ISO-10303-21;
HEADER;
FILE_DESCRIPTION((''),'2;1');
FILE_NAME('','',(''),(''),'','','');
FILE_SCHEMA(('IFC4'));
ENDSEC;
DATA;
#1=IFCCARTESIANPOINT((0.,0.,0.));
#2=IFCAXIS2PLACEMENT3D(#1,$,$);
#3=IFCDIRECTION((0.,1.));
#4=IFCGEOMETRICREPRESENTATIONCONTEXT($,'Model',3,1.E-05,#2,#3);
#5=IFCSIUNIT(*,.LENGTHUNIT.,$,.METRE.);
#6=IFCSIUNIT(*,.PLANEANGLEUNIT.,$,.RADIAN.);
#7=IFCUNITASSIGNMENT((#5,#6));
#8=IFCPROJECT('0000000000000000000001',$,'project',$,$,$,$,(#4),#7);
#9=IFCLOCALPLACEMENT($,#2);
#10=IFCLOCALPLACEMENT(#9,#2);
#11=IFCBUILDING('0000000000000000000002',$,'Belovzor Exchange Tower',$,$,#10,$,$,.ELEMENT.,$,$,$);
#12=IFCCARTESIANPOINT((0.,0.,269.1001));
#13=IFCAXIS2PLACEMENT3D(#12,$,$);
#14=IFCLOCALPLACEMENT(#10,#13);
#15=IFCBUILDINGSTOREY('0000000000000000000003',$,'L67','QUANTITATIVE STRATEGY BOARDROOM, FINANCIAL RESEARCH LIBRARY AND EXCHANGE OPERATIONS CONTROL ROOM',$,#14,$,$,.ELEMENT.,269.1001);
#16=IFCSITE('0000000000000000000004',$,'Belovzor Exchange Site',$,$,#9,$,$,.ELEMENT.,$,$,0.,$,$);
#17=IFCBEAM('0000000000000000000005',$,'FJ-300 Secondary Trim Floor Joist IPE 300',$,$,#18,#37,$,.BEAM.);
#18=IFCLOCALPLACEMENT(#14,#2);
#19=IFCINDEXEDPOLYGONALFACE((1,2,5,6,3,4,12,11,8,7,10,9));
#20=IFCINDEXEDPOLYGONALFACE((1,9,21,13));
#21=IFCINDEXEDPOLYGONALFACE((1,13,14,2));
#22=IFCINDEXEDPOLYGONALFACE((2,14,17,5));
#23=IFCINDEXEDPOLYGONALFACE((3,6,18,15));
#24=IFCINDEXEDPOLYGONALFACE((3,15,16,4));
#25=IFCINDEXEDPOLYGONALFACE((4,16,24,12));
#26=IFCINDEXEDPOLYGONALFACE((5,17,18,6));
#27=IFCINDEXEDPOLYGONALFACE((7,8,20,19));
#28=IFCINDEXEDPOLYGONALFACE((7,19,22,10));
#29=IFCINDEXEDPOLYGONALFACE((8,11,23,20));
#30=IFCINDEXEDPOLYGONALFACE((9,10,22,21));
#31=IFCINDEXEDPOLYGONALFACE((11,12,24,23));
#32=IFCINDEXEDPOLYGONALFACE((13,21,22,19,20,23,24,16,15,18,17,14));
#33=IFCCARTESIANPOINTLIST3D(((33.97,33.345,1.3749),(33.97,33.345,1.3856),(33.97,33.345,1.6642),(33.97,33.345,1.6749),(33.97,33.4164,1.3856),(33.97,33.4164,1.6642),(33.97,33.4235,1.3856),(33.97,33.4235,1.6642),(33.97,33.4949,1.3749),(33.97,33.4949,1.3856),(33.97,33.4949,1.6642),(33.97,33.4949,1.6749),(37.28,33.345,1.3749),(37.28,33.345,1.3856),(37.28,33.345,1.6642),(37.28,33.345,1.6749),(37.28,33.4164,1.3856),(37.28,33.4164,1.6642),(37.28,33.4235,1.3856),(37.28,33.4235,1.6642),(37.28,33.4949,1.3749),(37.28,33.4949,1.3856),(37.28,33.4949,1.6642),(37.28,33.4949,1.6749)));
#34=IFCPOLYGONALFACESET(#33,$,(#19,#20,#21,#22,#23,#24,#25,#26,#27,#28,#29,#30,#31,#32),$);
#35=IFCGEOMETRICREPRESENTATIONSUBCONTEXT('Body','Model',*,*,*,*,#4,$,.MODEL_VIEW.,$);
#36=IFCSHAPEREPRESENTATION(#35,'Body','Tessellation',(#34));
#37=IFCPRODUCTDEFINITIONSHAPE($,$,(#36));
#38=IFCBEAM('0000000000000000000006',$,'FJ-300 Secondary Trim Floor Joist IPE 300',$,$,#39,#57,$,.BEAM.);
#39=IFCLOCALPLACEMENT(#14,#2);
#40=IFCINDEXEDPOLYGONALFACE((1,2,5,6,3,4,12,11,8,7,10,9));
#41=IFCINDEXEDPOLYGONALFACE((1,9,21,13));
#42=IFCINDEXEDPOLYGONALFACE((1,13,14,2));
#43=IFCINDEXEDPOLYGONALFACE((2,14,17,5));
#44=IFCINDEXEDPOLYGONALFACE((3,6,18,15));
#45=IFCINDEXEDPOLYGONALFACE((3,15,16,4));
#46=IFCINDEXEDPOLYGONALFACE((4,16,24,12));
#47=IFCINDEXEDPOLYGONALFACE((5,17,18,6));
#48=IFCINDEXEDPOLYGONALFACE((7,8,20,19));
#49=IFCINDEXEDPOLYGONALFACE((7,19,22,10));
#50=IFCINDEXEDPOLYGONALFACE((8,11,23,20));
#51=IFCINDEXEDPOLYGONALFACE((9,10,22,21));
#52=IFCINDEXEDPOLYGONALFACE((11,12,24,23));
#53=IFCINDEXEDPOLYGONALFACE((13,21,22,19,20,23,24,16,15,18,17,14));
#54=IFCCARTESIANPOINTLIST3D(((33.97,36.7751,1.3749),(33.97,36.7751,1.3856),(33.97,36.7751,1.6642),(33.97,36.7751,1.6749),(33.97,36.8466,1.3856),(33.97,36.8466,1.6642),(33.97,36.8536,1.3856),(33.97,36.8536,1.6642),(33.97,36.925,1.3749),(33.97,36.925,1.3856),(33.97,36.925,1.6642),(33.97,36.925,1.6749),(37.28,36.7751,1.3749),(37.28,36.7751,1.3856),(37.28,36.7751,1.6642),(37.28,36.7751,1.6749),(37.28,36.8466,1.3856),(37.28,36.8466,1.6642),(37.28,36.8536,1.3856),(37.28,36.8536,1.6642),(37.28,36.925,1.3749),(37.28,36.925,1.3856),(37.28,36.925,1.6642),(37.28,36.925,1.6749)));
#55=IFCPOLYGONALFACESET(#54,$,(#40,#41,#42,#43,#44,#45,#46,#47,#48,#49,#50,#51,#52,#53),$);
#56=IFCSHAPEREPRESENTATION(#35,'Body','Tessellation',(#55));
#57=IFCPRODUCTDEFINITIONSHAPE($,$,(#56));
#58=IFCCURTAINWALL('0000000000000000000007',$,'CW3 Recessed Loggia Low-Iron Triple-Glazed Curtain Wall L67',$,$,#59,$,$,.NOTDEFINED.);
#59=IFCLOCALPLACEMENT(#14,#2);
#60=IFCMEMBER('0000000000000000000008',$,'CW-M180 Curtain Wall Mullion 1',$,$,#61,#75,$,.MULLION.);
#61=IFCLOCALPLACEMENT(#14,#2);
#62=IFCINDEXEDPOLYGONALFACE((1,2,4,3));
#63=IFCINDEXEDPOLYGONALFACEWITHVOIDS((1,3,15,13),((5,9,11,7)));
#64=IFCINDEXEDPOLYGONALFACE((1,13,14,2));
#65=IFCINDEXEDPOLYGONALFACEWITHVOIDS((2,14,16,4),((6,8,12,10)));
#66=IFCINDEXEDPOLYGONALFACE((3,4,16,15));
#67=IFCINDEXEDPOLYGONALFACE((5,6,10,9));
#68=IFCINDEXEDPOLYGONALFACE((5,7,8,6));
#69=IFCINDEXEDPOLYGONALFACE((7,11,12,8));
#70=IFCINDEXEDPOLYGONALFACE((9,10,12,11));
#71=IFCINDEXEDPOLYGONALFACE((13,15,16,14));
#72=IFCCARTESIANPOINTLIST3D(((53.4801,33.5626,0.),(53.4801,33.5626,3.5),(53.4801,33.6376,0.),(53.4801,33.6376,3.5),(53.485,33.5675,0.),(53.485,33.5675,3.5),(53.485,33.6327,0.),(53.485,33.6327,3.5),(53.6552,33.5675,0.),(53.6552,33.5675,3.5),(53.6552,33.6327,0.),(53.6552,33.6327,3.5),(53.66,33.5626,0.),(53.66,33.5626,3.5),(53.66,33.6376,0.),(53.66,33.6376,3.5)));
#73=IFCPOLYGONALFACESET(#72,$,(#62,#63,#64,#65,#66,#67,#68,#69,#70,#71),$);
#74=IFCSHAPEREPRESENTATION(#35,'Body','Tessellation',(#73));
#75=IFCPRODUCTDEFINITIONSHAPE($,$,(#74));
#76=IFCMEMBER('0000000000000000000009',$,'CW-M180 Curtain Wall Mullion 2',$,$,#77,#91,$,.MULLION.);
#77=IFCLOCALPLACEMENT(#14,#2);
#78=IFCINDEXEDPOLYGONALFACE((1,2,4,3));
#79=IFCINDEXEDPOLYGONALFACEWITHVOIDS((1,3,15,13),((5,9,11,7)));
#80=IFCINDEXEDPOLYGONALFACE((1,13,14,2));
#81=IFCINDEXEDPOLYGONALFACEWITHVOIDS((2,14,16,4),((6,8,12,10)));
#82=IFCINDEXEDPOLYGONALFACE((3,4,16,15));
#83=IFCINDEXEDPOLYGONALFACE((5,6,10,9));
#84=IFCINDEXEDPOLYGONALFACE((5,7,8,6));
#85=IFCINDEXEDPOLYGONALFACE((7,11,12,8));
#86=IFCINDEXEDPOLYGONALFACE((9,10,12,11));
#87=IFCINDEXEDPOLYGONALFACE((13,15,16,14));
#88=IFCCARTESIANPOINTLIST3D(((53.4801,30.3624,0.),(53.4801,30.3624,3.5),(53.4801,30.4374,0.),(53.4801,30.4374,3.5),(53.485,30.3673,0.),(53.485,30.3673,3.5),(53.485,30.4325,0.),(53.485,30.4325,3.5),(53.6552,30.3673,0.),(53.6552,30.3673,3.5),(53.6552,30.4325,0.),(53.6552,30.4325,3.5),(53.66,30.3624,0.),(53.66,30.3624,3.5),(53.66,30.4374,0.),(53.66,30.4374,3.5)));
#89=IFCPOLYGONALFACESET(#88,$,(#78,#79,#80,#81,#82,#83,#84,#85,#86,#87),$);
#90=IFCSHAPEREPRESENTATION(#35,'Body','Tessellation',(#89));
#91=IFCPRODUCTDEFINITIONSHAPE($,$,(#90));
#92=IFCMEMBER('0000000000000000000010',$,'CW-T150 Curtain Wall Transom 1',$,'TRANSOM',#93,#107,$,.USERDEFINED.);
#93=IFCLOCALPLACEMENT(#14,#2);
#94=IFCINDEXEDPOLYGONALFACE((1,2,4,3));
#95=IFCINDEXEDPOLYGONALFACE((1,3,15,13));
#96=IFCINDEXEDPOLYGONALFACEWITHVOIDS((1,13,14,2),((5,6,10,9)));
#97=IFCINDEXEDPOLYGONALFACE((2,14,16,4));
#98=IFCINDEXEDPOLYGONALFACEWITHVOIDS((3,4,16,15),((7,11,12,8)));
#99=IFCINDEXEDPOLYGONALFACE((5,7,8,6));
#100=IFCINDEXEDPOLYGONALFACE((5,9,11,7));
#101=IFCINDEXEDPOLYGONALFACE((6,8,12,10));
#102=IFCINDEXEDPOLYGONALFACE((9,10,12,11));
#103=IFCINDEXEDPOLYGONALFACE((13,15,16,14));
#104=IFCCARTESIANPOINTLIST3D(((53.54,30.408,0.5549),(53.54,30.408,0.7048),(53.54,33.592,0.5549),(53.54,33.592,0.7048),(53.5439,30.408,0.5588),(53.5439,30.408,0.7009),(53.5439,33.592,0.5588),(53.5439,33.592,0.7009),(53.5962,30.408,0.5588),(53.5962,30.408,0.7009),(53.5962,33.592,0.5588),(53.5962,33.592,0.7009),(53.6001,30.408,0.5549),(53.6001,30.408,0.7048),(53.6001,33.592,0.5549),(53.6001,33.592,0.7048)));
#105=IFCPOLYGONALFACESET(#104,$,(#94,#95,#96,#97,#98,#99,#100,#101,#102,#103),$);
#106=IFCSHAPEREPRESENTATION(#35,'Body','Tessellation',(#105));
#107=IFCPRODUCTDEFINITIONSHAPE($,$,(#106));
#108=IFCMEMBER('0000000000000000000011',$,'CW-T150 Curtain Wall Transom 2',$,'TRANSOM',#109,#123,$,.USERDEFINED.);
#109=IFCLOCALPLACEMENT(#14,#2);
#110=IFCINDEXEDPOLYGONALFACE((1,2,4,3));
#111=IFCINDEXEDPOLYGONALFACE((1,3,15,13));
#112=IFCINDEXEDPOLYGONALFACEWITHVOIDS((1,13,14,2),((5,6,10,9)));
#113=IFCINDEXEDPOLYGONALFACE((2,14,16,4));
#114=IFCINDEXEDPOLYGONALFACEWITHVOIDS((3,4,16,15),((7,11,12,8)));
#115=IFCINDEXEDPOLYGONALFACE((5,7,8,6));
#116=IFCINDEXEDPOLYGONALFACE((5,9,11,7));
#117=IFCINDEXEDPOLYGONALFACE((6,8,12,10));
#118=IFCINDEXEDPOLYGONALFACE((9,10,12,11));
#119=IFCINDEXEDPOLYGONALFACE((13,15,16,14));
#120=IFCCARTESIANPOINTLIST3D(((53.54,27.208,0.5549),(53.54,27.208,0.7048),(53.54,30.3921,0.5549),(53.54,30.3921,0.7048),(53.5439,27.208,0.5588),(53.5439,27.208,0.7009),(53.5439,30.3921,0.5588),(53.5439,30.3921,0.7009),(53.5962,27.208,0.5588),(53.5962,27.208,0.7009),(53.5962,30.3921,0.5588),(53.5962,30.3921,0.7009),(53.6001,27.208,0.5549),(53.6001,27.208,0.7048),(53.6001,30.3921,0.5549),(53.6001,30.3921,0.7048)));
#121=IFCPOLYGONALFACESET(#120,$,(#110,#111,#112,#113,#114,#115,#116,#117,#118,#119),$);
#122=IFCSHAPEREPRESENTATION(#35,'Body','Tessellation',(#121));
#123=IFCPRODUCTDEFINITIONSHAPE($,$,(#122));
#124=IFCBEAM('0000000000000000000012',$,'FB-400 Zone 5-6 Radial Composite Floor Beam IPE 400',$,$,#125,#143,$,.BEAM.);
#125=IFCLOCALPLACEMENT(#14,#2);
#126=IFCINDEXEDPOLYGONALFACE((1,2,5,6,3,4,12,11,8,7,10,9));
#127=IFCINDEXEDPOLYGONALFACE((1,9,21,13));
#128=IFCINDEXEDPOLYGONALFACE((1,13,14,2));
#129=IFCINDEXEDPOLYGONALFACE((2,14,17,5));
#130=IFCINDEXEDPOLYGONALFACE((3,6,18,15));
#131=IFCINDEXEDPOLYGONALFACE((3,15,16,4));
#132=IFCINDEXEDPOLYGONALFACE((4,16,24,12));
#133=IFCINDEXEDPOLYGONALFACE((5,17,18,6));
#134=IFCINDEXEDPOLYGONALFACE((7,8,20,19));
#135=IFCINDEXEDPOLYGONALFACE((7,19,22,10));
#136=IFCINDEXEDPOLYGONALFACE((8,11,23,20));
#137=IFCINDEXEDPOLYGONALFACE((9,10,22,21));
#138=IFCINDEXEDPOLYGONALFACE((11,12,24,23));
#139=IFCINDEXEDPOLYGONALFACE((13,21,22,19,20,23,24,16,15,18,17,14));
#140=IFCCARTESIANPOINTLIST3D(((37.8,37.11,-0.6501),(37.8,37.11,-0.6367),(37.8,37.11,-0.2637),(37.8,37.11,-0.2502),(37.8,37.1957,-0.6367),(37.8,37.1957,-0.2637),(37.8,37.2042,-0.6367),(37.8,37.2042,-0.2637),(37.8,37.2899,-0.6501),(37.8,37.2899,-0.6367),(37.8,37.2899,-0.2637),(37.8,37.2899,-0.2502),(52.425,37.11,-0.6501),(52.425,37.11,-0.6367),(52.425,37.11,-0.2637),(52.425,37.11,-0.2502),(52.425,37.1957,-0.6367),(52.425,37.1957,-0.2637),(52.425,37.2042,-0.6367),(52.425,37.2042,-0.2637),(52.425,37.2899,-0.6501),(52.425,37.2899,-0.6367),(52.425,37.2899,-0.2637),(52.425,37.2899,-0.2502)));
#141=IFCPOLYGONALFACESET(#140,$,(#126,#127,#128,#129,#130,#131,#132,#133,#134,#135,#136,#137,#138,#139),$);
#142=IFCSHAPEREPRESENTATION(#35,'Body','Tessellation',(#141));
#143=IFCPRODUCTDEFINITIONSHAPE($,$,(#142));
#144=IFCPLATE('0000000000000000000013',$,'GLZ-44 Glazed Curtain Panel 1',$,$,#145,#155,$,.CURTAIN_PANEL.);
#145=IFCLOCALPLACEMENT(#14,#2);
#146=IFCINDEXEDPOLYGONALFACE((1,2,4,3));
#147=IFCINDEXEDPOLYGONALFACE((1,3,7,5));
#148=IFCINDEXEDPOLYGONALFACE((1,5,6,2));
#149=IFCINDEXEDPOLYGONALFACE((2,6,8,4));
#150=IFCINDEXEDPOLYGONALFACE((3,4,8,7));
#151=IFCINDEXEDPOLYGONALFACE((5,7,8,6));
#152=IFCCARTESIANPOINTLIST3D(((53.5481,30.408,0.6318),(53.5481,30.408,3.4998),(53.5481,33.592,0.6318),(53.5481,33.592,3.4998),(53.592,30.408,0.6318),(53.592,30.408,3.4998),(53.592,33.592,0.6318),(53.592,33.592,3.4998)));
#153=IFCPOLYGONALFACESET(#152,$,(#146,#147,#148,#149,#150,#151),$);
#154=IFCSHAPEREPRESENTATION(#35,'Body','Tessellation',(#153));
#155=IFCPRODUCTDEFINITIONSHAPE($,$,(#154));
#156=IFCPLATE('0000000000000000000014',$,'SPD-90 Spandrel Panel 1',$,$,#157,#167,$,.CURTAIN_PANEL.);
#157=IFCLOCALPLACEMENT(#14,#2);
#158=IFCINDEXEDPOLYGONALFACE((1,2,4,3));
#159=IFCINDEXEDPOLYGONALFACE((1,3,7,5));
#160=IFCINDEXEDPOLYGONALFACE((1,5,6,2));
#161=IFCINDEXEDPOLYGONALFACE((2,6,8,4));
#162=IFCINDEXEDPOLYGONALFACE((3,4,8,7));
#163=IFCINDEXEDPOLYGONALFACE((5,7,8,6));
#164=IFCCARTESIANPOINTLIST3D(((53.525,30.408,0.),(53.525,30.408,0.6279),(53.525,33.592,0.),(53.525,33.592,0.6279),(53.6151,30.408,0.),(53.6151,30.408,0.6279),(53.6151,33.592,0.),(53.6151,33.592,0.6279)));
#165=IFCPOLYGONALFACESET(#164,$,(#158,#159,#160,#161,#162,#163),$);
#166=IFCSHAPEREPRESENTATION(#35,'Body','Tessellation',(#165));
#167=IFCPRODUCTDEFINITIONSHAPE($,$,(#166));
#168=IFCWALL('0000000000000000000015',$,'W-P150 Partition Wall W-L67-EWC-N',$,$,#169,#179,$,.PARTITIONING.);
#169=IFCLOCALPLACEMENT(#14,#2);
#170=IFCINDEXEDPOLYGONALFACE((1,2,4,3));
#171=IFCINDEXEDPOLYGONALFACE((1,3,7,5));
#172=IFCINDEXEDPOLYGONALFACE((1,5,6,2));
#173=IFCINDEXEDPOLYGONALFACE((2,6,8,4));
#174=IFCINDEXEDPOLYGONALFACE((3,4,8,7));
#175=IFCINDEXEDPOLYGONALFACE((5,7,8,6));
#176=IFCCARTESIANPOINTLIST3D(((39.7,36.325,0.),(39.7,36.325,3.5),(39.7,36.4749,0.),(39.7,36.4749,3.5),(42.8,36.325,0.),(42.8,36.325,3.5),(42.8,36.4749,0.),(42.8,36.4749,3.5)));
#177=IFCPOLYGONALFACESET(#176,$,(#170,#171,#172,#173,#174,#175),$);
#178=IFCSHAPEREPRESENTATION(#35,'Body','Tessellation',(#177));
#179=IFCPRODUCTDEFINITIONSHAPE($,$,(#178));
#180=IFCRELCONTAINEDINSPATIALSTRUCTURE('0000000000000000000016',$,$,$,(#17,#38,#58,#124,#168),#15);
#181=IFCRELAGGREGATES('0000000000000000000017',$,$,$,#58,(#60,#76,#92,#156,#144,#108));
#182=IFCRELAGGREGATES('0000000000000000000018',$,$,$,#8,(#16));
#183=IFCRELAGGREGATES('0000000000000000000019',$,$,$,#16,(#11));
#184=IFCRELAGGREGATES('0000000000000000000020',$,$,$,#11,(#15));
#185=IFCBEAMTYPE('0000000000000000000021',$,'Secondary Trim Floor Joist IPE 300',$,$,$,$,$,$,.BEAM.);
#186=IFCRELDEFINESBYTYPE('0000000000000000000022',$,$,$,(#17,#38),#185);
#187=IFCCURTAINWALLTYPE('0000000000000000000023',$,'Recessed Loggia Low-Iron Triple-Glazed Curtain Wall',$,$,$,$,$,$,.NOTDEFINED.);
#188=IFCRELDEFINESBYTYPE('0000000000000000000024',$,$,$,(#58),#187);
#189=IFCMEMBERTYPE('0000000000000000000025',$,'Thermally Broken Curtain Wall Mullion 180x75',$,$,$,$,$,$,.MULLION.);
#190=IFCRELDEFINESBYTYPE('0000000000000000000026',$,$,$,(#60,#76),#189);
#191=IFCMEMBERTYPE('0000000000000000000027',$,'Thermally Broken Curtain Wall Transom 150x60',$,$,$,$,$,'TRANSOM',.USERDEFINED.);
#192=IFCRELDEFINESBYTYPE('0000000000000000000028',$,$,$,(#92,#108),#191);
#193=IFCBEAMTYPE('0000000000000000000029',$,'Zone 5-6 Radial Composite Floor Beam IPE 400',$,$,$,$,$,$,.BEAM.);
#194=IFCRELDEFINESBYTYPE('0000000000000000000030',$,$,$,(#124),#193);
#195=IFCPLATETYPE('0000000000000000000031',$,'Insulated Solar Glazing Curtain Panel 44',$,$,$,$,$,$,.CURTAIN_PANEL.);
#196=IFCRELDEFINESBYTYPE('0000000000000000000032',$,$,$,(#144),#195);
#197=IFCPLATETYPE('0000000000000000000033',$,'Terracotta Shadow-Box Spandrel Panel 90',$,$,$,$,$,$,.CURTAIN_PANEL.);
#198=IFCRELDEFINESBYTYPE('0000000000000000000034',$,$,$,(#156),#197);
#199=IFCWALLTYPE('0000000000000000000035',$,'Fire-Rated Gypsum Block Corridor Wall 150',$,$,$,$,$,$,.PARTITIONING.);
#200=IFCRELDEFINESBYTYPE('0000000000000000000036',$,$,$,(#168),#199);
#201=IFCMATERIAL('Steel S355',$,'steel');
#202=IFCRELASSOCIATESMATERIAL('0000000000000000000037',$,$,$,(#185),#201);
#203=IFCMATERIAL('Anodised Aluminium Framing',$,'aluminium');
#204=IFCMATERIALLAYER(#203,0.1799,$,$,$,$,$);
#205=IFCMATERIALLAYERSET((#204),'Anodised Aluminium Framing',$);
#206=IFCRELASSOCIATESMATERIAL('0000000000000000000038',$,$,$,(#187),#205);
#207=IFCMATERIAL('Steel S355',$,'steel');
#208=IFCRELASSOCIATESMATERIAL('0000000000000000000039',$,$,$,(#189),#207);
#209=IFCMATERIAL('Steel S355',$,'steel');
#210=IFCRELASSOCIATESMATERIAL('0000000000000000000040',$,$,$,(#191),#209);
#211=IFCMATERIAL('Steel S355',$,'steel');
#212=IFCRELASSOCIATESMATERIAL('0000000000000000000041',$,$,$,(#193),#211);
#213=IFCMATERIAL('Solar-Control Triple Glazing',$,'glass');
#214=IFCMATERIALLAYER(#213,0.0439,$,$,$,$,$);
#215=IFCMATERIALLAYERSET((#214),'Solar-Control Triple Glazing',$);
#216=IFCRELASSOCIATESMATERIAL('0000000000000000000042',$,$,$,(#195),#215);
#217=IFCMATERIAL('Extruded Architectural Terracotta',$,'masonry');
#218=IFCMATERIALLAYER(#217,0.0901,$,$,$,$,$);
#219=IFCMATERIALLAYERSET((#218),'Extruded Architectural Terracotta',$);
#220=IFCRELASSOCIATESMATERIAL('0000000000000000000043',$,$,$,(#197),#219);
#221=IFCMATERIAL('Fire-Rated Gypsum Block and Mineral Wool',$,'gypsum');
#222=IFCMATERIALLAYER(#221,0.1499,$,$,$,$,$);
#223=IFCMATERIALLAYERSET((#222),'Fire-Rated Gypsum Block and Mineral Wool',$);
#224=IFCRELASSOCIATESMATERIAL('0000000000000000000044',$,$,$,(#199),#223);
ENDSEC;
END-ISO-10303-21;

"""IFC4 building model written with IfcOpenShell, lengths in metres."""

from ifc_helpers import new_model, si_unit, direction, frame, frame_2d, origin, origin_2d, place, context, subcontext, project, spatial, rectangle, hollow_rectangle, i_section, extrude, material, layer, layer_set, material_profile, profile_set, type_object, element, aggregate, save


model = new_model("IFC4")

# Units and contexts
model_context = context("Model", 3, precision=1e-05, world=origin(), true_north=direction((0.0, 1.0)))
body_context = subcontext(model_context, "Body", "Model", "MODEL_VIEW")
ifc_project = project(units=[si_unit("LENGTHUNIT", "METRE"), si_unit("PLANEANGLEUNIT", "RADIAN")], contexts=[model_context])

# Site, building, storey
site_placement = place(None, origin())
site = spatial("IfcSite", under=ifc_project, at=site_placement, Name="Belovzor Exchange Site", CompositionType="ELEMENT", RefElevation=0.0)
building_placement = place(site_placement, origin())
building = spatial("IfcBuilding", under=site, at=building_placement, Name="Belovzor Exchange Tower", CompositionType="ELEMENT")
storey_placement = place(building_placement, frame((0.0, 0.0, 269.1001)))
storey = spatial("IfcBuildingStorey", under=building, at=storey_placement, Name="L67", Description="QUANTITATIVE STRATEGY BOARDROOM, FINANCIAL RESEARCH LIBRARY AND EXCHANGE OPERATIONS CONTROL ROOM", CompositionType="ELEMENT", Elevation=269.1001)

# Beams
ifc_material_1 = material(Name="Steel S355", Category="steel")
ifc_material_profile_1 = material_profile(ifc_material_1, i_section(OverallWidth=0.1499, OverallDepth=0.3, WebThickness=0.0071, FlangeThickness=0.0107, at=origin_2d()))
ifc_profile_set_1 = profile_set([ifc_material_profile_1], Name="Steel S355")
beam_type_1 = type_object("IfcBeamType", Name="Secondary Trim Floor Joist IPE 300", PredefinedType="BEAM", material=ifc_profile_set_1)
for number, where, z_axis, x_axis, name in (
    (1, (37.28, 33.4199, 1.5249), (-1.0, 0.0, 0.0), (0.0, -1.0, 0.0), "FJ-300 Secondary Trim Floor Joist IPE 300"),
    (2, (37.28, 36.8501, 1.5249), (-1.0, 0.0, 0.0), (0.0, -1.0, 0.0), "FJ-300 Secondary Trim Floor Joist IPE 300"),
):
    element("IfcBeam", number, at=place(storey_placement, frame(where, z_axis=z_axis, x_axis=x_axis)), inside=storey, type_object=beam_type_1, Name=name, PredefinedType="BEAM", context=body_context, shape_type="SweptSolid", body=[
        extrude(i_section(OverallWidth=0.1499, OverallDepth=0.3, WebThickness=0.0071, FlangeThickness=0.0107, at=origin_2d()), origin(), (0.0, 0.0, 1.0), 3.3101),
    ])

# Curtain wall, members
ifc_material_2 = material(Name="Anodised Aluminium Framing", Category="aluminium")
ifc_layer_1 = layer(ifc_material_2, 0.1799)
ifc_layer_set_1 = layer_set([ifc_layer_1], Name="Anodised Aluminium Framing")
curtain_wall_type = type_object("IfcCurtainWallType", Name="Recessed Loggia Low-Iron Triple-Glazed Curtain Wall", PredefinedType="NOTDEFINED", material=ifc_layer_set_1)
curtain_wall_placement = place(storey_placement, origin())
curtain_wall = element("IfcCurtainWall", 3, at=curtain_wall_placement, inside=storey, type_object=curtain_wall_type, Name="CW3 Recessed Loggia Low-Iron Triple-Glazed Curtain Wall L67", PredefinedType="NOTDEFINED")
ifc_material_3 = material(Name="Steel S355", Category="steel")
ifc_material_profile_2 = material_profile(ifc_material_3, hollow_rectangle(XDim=0.075, YDim=0.1799, WallThickness=0.0049, at=origin_2d()))
ifc_profile_set_2 = profile_set([ifc_material_profile_2], Name="Steel S355")
member_type_1 = type_object("IfcMemberType", Name="Thermally Broken Curtain Wall Mullion 180x75", PredefinedType="MULLION", material=ifc_profile_set_2)
member_1_placement = place(storey_placement, frame((53.5701, 33.6001, 0.0), z_axis=(0.0, 0.0, 1.0), x_axis=(0.0, -1.0, 0.0)))
member_1 = element("IfcMember", 4, at=member_1_placement, type_object=member_type_1, Name="CW-M180 Curtain Wall Mullion 1", PredefinedType="MULLION", context=body_context, shape_type="SweptSolid", body=[
    extrude(hollow_rectangle(XDim=0.075, YDim=0.1799, WallThickness=0.0049, at=origin_2d()), origin(), (0.0, 0.0, 1.0), 3.5),
])
member_2_placement = place(storey_placement, frame((53.5701, 30.3999, 0.0), z_axis=(0.0, 0.0, 1.0), x_axis=(0.0, -1.0, 0.0)))
member_2 = element("IfcMember", 5, at=member_2_placement, type_object=member_type_1, Name="CW-M180 Curtain Wall Mullion 2", PredefinedType="MULLION", context=body_context, shape_type="SweptSolid", body=[
    extrude(hollow_rectangle(XDim=0.075, YDim=0.1799, WallThickness=0.0049, at=origin_2d()), origin(), (0.0, 0.0, 1.0), 3.5),
])
ifc_material_4 = material(Name="Steel S355", Category="steel")
ifc_material_profile_3 = material_profile(ifc_material_4, hollow_rectangle(XDim=0.0601, YDim=0.1499, WallThickness=0.0039, at=origin_2d()))
ifc_profile_set_3 = profile_set([ifc_material_profile_3], Name="Steel S355")
member_type_2 = type_object("IfcMemberType", Name="Thermally Broken Curtain Wall Transom 150x60", ElementType="TRANSOM", PredefinedType="USERDEFINED", material=ifc_profile_set_3)
member_3_placement = place(storey_placement, frame((53.5701, 33.592, 0.6299), z_axis=(0.0, -1.0, 0.0), x_axis=(1.0, 0.0, 0.0)))
member_3 = element("IfcMember", 6, at=member_3_placement, type_object=member_type_2, Name="CW-T150 Curtain Wall Transom 1", ObjectType="TRANSOM", PredefinedType="USERDEFINED", context=body_context, shape_type="SweptSolid", body=[
    extrude(hollow_rectangle(XDim=0.0601, YDim=0.1499, WallThickness=0.0039, at=origin_2d()), origin(), (0.0, 0.0, 1.0), 3.1841),
])
member_4_placement = place(storey_placement, frame((53.5701, 30.3921, 0.6299), z_axis=(0.0, -1.0, 0.0), x_axis=(1.0, 0.0, 0.0)))
member_4 = element("IfcMember", 7, at=member_4_placement, type_object=member_type_2, Name="CW-T150 Curtain Wall Transom 2", ObjectType="TRANSOM", PredefinedType="USERDEFINED", context=body_context, shape_type="SweptSolid", body=[
    extrude(hollow_rectangle(XDim=0.0601, YDim=0.1499, WallThickness=0.0039, at=origin_2d()), origin(), (0.0, 0.0, 1.0), 3.1841),
])

# Beam
ifc_material_5 = material(Name="Steel S355", Category="steel")
ifc_material_profile_4 = material_profile(ifc_material_5, i_section(OverallWidth=0.1799, OverallDepth=0.3999, WebThickness=0.0085, FlangeThickness=0.0134, at=origin_2d()))
ifc_profile_set_4 = profile_set([ifc_material_profile_4], Name="Steel S355")
beam_type_2 = type_object("IfcBeamType", Name="Zone 5-6 Radial Composite Floor Beam IPE 400", PredefinedType="BEAM", material=ifc_profile_set_4)
beam_placement = place(storey_placement, frame((37.8, 37.2, -0.4502), z_axis=(1.0, 0.0, 0.0), x_axis=(0.0, 1.0, 0.0)))
element("IfcBeam", 8, at=beam_placement, inside=storey, type_object=beam_type_2, Name="FB-400 Zone 5-6 Radial Composite Floor Beam IPE 400", PredefinedType="BEAM", context=body_context, shape_type="SweptSolid", body=[
    extrude(i_section(OverallWidth=0.1799, OverallDepth=0.3999, WebThickness=0.0085, FlangeThickness=0.0134, at=origin_2d()), origin(), (0.0, 0.0, 1.0), 14.625),
])

# Plates
ifc_material_6 = material(Name="Solar-Control Triple Glazing", Category="glass")
ifc_layer_2 = layer(ifc_material_6, 0.0439)
ifc_layer_set_2 = layer_set([ifc_layer_2], Name="Solar-Control Triple Glazing")
plate_type_1 = type_object("IfcPlateType", Name="Insulated Solar Glazing Curtain Panel 44", PredefinedType="CURTAIN_PANEL", material=ifc_layer_set_2)
plate_1_placement = place(storey_placement, frame((53.5701, 32.0, 0.6318), z_axis=(0.0, 0.0, 1.0), x_axis=(0.0, -1.0, 0.0)))
plate_1 = element("IfcPlate", 9, at=plate_1_placement, type_object=plate_type_1, Name="GLZ-44 Glazed Curtain Panel 1", PredefinedType="CURTAIN_PANEL", context=body_context, shape_type="SweptSolid", body=[
    extrude(rectangle(XDim=3.1841, YDim=0.0439, at=origin_2d()), origin(), (0.0, 0.0, 1.0), 2.8679),
])
ifc_material_7 = material(Name="Extruded Architectural Terracotta", Category="masonry")
ifc_layer_3 = layer(ifc_material_7, 0.0901)
ifc_layer_set_3 = layer_set([ifc_layer_3], Name="Extruded Architectural Terracotta")
plate_type_2 = type_object("IfcPlateType", Name="Terracotta Shadow-Box Spandrel Panel 90", PredefinedType="CURTAIN_PANEL", material=ifc_layer_set_3)
plate_2_placement = place(storey_placement, frame((53.5701, 32.0, 0.0), z_axis=(0.0, 0.0, 1.0), x_axis=(0.0, -1.0, 0.0)))
plate_2 = element("IfcPlate", 10, at=plate_2_placement, type_object=plate_type_2, Name="SPD-90 Spandrel Panel 1", PredefinedType="CURTAIN_PANEL", context=body_context, shape_type="SweptSolid", body=[
    extrude(rectangle(XDim=3.1841, YDim=0.0901, at=origin_2d()), origin(), (0.0, 0.0, 1.0), 0.6279),
])
aggregate(curtain_wall, [member_1, member_2, member_3, plate_2, plate_1, member_4])

# Wall
ifc_material_8 = material(Name="Fire-Rated Gypsum Block and Mineral Wool", Category="gypsum")
ifc_layer_4 = layer(ifc_material_8, 0.1499)
ifc_layer_set_4 = layer_set([ifc_layer_4], Name="Fire-Rated Gypsum Block and Mineral Wool")
wall_type = type_object("IfcWallType", Name="Fire-Rated Gypsum Block Corridor Wall 150", PredefinedType="PARTITIONING", material=ifc_layer_set_4)
for number, where, z_axis, x_axis, name in (
    (11, (39.7, 36.3999, 0.0), (0.0, 0.0, 1.0), (1.0, 0.0, 0.0), "W-P150 Partition Wall W-L67-EWC-N"),
):
    element("IfcWall", number, at=place(storey_placement, frame(where, z_axis=z_axis, x_axis=x_axis)), inside=storey, type_object=wall_type, Name=name, PredefinedType="PARTITIONING", context=body_context, shape_type="SweptSolid", body=[
        extrude(rectangle(XDim=3.1001, YDim=0.1499, at=frame_2d((1.55, 0.0))), origin(), (0.0, 0.0, 1.0), 3.5),
    ])

save(model, "model.ifc")
